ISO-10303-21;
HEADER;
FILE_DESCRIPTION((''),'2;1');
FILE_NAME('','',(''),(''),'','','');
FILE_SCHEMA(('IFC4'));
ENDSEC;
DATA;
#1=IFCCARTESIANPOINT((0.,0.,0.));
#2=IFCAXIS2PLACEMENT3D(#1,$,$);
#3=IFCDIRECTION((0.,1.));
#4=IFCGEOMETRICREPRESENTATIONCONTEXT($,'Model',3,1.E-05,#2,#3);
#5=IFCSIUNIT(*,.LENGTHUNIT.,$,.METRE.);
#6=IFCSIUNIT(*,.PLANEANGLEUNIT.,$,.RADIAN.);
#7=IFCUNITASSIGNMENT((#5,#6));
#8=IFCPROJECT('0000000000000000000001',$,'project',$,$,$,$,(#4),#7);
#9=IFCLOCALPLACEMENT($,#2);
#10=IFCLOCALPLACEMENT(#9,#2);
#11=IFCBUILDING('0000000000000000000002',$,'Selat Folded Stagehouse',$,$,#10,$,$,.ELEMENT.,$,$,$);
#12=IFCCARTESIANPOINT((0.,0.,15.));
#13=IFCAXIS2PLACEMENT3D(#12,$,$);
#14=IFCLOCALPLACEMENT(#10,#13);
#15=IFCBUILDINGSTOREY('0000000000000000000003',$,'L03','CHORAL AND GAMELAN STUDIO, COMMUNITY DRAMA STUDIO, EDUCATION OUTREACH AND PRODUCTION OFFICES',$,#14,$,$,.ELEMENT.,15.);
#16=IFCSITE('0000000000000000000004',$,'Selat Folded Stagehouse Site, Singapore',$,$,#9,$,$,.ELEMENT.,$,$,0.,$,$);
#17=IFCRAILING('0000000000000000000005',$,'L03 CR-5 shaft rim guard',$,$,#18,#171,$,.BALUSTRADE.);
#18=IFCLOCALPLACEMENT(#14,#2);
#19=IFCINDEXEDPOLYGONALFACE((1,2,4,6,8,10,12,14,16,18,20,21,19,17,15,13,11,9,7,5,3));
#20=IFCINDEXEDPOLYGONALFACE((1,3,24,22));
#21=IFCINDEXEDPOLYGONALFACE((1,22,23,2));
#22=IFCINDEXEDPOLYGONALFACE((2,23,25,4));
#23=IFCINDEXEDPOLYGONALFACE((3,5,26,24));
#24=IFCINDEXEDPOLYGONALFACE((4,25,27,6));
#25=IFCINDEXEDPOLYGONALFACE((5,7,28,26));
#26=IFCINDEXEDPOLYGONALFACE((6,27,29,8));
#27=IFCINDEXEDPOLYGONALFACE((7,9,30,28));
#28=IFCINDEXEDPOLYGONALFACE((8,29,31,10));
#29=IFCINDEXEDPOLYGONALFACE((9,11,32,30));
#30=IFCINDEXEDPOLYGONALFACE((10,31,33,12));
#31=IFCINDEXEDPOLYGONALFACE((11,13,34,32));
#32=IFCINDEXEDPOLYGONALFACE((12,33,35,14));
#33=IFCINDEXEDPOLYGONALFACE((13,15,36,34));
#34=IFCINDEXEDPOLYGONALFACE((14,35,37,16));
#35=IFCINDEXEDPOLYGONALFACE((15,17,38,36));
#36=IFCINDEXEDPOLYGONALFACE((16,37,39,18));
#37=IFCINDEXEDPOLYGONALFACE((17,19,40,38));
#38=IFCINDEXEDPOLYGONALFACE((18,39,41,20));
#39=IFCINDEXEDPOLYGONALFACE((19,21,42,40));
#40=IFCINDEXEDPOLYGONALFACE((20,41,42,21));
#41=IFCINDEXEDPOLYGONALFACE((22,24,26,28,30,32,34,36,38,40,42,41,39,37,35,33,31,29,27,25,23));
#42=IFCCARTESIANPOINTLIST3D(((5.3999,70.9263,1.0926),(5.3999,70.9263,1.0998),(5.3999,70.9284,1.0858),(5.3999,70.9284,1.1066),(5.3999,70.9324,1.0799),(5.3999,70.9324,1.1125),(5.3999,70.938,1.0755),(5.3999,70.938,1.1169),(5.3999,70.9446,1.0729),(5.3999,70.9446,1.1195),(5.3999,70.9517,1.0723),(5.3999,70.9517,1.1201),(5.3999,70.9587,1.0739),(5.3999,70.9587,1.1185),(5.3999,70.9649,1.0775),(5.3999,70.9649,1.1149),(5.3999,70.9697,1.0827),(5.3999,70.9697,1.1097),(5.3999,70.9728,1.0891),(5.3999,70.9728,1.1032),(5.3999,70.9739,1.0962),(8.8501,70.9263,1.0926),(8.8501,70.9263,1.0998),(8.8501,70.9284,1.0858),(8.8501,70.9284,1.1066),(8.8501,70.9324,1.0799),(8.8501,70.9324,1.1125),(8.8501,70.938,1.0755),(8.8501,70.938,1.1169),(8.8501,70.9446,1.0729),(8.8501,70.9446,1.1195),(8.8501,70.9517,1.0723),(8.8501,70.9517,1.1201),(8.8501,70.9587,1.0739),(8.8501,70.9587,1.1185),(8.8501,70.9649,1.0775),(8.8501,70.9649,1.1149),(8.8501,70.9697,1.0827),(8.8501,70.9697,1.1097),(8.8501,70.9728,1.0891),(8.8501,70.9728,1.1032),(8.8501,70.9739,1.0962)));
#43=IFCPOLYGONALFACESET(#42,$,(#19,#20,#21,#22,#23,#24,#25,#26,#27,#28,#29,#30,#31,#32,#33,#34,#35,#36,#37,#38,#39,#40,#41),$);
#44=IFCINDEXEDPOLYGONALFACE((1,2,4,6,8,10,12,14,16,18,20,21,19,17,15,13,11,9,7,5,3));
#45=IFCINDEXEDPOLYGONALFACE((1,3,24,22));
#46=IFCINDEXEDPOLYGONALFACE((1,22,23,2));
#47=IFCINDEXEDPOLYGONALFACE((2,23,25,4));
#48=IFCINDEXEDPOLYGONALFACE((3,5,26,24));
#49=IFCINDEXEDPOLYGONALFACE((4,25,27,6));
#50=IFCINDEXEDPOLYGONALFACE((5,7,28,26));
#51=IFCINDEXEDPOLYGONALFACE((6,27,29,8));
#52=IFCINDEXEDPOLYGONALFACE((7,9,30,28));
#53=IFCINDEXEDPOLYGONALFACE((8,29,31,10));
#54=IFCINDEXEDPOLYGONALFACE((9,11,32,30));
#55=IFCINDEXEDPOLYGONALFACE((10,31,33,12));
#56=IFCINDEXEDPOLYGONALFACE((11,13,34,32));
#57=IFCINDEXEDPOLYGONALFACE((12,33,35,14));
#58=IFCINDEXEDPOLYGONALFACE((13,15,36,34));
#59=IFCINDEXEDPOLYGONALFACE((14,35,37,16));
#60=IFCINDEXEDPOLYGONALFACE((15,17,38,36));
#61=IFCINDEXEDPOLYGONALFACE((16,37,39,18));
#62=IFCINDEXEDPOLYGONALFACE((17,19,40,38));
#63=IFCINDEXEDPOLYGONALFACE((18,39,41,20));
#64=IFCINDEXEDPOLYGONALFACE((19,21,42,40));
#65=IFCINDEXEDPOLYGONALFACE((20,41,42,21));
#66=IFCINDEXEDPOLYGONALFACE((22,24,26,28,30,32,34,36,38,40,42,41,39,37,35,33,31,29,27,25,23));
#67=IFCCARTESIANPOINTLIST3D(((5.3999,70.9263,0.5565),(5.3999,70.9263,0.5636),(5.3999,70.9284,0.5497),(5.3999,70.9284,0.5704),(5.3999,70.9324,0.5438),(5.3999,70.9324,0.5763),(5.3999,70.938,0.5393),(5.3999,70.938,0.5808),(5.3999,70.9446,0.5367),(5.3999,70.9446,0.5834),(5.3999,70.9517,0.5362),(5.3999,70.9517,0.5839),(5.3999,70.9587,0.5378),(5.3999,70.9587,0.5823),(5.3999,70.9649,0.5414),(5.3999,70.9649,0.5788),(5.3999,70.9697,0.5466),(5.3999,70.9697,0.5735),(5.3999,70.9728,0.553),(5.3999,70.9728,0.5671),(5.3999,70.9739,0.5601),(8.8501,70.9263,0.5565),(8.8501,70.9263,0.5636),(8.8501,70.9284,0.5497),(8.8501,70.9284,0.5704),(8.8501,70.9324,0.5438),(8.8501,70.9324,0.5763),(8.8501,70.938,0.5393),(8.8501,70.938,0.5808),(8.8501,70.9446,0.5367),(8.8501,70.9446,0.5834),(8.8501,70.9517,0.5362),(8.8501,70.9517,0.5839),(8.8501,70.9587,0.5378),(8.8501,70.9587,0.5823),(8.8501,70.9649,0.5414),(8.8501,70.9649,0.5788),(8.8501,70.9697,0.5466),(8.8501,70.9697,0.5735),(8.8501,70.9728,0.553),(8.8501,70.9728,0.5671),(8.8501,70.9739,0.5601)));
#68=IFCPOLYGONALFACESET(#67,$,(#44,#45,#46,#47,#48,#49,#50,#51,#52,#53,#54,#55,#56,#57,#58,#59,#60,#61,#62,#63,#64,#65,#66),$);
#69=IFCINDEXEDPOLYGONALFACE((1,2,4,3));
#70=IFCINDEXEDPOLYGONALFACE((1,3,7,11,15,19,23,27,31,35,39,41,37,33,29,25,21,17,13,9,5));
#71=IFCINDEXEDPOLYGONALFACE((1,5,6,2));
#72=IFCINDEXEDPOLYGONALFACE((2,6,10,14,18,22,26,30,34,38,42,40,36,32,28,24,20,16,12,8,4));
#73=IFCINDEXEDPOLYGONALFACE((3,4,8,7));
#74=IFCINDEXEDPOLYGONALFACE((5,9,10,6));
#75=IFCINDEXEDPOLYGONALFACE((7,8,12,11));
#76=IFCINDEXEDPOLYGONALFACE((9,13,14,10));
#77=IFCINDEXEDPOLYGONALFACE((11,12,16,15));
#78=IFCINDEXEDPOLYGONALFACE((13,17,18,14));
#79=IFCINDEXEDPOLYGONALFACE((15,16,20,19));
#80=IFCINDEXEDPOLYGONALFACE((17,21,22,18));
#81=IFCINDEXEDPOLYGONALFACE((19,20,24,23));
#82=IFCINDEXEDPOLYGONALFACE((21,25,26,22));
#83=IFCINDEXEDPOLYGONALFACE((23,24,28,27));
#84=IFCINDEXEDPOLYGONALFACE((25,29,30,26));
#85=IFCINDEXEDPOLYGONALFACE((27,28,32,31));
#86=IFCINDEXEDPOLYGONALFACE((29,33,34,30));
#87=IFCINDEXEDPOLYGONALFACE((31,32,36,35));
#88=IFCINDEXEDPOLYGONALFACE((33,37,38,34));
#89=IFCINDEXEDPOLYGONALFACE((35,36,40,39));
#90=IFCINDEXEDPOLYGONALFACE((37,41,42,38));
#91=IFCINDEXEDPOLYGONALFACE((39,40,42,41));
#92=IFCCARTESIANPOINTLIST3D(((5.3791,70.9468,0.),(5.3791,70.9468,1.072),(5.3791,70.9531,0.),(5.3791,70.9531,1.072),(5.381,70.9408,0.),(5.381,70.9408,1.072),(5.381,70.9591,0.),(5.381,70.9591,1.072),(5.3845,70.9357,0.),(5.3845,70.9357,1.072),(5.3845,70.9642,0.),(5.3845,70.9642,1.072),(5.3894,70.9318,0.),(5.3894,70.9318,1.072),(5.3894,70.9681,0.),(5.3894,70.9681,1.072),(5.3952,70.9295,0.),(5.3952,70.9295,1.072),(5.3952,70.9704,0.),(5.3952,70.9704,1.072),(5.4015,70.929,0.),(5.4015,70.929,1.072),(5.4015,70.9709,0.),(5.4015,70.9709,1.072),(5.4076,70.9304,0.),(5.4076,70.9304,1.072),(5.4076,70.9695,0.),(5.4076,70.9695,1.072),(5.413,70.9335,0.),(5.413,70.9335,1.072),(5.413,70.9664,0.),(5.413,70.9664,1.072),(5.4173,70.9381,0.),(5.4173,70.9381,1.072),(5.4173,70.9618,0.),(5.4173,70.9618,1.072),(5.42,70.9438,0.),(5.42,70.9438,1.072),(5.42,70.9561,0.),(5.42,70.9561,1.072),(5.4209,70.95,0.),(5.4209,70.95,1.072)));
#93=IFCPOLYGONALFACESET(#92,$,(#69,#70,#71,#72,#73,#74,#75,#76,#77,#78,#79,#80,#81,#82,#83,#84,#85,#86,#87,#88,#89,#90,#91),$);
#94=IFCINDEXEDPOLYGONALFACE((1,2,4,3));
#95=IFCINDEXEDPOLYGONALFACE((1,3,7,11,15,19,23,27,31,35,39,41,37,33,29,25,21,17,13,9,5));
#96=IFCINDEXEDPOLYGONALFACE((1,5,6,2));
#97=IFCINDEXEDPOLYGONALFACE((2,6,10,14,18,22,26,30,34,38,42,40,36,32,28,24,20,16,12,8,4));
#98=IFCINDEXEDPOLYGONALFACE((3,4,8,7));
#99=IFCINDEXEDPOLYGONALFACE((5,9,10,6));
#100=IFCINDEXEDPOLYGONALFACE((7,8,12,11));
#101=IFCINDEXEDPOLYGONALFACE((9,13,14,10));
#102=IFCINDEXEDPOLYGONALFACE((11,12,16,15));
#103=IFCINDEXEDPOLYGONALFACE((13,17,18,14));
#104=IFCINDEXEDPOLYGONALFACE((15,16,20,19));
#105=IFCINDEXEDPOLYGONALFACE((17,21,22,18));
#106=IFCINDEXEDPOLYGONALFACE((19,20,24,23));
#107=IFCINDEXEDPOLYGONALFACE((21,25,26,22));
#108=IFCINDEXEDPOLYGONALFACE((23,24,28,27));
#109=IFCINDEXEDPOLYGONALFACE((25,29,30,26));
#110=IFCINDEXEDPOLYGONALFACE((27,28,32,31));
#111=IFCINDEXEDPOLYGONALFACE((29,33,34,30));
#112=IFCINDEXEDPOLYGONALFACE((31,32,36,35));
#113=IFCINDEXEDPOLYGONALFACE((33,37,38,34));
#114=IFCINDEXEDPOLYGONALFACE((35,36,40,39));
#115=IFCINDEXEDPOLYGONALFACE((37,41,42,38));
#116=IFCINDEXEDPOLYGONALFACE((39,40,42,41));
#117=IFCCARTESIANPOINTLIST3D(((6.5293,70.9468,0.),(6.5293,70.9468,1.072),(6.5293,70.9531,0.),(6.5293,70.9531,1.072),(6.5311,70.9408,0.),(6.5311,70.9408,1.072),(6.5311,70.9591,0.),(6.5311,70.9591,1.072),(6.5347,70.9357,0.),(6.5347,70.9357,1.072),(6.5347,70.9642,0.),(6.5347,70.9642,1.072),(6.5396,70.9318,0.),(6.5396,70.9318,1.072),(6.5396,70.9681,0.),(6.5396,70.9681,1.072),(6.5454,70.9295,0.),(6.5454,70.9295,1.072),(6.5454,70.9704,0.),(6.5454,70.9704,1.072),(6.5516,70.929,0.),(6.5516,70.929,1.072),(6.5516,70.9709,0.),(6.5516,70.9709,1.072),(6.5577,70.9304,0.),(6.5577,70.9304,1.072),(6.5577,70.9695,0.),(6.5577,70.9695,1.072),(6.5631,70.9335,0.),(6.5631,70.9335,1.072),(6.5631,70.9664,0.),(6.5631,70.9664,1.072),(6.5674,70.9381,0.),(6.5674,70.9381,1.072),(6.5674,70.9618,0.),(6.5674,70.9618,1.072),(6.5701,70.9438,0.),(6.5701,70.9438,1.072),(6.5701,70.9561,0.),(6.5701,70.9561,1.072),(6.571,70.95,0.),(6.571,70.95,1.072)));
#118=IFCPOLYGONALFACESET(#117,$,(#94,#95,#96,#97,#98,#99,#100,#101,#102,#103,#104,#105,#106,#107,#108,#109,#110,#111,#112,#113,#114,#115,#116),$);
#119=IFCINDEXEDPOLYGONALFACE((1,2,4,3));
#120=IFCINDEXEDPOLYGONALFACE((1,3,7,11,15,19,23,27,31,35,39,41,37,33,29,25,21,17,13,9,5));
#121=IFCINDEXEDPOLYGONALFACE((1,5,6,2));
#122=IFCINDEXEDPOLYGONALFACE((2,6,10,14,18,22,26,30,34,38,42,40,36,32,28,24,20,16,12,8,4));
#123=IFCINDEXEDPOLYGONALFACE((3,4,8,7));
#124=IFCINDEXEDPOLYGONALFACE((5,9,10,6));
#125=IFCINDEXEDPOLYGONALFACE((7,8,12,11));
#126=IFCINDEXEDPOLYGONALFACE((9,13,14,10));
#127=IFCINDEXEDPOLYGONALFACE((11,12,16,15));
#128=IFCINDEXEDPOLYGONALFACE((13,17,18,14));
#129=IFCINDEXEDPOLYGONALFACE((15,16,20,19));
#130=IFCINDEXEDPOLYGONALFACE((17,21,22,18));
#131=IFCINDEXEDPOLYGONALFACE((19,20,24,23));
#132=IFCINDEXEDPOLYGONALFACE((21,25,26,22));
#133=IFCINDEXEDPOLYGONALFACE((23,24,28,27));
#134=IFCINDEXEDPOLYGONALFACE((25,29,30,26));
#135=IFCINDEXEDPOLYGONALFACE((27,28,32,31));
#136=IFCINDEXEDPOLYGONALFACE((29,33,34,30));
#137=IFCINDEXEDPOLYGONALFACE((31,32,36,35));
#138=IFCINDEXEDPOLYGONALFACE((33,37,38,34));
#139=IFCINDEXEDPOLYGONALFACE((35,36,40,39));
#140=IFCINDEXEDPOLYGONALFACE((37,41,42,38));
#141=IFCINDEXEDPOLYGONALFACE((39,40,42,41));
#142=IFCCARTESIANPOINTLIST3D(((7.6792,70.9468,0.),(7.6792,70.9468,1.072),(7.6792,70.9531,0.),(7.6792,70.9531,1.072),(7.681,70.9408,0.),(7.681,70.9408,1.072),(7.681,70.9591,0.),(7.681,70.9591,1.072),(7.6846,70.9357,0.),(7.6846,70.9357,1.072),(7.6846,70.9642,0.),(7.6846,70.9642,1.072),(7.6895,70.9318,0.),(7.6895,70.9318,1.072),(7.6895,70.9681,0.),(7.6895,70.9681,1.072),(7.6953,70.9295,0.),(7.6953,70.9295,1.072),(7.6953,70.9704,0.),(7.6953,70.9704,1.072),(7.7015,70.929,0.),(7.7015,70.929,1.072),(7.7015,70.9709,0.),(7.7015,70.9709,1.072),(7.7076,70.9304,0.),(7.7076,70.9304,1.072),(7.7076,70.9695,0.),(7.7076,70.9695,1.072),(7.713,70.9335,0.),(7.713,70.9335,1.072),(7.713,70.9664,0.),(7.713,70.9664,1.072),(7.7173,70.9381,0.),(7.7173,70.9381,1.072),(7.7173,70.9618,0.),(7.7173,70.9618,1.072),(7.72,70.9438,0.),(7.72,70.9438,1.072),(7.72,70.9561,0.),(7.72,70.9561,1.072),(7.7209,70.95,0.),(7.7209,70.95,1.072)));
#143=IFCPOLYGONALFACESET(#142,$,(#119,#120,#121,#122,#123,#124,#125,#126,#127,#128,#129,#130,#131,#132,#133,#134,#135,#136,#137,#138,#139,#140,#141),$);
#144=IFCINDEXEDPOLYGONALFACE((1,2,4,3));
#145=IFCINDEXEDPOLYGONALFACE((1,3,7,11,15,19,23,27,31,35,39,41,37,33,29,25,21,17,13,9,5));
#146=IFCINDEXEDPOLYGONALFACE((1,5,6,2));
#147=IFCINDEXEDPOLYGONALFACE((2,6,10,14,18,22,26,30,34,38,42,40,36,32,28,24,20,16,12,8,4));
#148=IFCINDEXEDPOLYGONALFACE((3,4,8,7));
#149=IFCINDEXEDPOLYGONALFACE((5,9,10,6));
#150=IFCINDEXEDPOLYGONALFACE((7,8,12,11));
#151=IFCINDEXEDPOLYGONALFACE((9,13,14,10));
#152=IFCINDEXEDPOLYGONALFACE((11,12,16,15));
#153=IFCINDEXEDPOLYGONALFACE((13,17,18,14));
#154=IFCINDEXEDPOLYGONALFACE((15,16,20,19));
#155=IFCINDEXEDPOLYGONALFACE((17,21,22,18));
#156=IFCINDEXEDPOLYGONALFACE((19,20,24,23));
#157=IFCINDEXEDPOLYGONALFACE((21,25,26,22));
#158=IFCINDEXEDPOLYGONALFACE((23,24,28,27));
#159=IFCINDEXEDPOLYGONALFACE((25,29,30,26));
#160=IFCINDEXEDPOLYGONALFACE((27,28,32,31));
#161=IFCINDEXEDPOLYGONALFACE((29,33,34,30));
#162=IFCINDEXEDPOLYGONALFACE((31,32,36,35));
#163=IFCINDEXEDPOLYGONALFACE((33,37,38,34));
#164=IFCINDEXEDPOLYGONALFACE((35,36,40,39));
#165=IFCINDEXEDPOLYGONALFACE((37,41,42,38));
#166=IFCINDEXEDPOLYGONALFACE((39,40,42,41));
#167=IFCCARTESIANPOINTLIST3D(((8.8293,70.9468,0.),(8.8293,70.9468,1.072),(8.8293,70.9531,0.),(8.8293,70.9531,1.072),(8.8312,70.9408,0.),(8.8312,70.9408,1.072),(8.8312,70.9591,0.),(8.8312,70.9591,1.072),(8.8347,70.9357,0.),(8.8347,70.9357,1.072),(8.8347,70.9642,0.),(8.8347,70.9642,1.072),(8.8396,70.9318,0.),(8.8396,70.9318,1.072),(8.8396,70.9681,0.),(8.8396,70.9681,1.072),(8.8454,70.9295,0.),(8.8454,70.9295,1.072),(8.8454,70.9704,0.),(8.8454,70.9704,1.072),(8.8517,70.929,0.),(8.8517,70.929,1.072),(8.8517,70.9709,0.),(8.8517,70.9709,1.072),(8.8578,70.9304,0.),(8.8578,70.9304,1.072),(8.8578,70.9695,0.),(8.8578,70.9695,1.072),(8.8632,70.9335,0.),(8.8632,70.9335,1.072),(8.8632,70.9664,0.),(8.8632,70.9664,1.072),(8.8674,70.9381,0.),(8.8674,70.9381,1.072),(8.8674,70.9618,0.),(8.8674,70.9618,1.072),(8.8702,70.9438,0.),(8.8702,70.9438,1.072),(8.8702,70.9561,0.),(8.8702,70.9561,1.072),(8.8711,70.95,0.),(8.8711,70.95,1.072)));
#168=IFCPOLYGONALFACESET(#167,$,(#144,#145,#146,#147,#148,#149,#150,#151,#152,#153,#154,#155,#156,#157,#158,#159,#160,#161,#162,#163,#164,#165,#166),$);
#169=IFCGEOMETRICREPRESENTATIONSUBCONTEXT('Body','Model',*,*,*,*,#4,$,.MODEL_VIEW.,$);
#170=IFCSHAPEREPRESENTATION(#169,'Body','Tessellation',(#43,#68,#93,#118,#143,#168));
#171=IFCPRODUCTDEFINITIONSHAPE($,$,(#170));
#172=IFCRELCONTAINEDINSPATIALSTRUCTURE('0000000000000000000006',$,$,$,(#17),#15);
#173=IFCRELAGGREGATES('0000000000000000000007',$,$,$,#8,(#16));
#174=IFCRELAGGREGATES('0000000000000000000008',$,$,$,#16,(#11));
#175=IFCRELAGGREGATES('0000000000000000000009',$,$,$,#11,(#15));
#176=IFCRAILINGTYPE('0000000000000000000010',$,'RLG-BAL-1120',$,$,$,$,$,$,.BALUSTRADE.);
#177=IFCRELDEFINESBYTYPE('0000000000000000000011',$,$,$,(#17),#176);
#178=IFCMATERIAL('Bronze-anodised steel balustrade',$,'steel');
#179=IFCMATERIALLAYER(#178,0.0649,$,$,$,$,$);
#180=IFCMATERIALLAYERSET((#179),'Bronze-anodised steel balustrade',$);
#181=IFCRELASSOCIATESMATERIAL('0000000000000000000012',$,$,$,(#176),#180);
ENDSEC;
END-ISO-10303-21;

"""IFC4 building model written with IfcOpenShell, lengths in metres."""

from ifc_helpers import new_model, si_unit, direction, frame, origin, origin_2d, place, context, subcontext, project, spatial, circle, extrude, material, layer, layer_set, type_object, element, save


model = new_model("IFC4")

# Units and contexts
model_context = context("Model", 3, precision=1e-05, world=origin(), true_north=direction((0.0, 1.0)))
body_context = subcontext(model_context, "Body", "Model", "MODEL_VIEW")
ifc_project = project(units=[si_unit("LENGTHUNIT", "METRE"), si_unit("PLANEANGLEUNIT", "RADIAN")], contexts=[model_context])

# Site, building, storey
site_placement = place(None, origin())
site = spatial("IfcSite", under=ifc_project, at=site_placement, Name="Selat Folded Stagehouse Site, Singapore", CompositionType="ELEMENT", RefElevation=0.0)
building_placement = place(site_placement, origin())
building = spatial("IfcBuilding", under=site, at=building_placement, Name="Selat Folded Stagehouse", CompositionType="ELEMENT")
storey_placement = place(building_placement, frame((0.0, 0.0, 15.0)))
storey = spatial("IfcBuildingStorey", under=building, at=storey_placement, Name="L03", Description="CHORAL AND GAMELAN STUDIO, COMMUNITY DRAMA STUDIO, EDUCATION OUTREACH AND PRODUCTION OFFICES", CompositionType="ELEMENT", Elevation=15.0)

# Railing
ifc_material_1 = material(Name="Bronze-anodised steel balustrade", Category="steel")
ifc_layer_1 = layer(ifc_material_1, 0.0649)
ifc_layer_set_1 = layer_set([ifc_layer_1], Name="Bronze-anodised steel balustrade")
railing_type_1 = type_object("IfcRailingType", Name="RLG-BAL-1120", PredefinedType="BALUSTRADE", material=ifc_layer_set_1)
railing_1_placement = place(storey_placement, frame((5.3999, 70.95, 0.0)))
element("IfcRailing", 1, at=railing_1_placement, inside=storey, type_object=railing_type_1, Name="L03 CR-5 shaft rim guard", PredefinedType="BALUSTRADE", context=body_context, shape_type="SweptSolid", body=[
    extrude(circle(Radius=0.0239, at=origin_2d()), frame((0.0, 0.0, 1.0962), z_axis=(1.0, 0.0, 0.0), x_axis=(0.0, 1.0, 0.0)), (0.0, 0.0, 1.0), 3.4502),
    extrude(circle(Radius=0.0239, at=origin_2d()), frame((0.0, 0.0, 0.5601), z_axis=(1.0, 0.0, 0.0), x_axis=(0.0, 1.0, 0.0)), (0.0, 0.0, 1.0), 3.4502),
    extrude(circle(Radius=0.021, at=origin_2d()), origin(), (0.0, 0.0, 1.0), 1.072),
    extrude(circle(Radius=0.021, at=origin_2d()), frame((1.1501, 0.0, 0.0)), (0.0, 0.0, 1.0), 1.072),
    extrude(circle(Radius=0.021, at=origin_2d()), frame((2.3, 0.0, 0.0)), (0.0, 0.0, 1.0), 1.072),
    extrude(circle(Radius=0.021, at=origin_2d()), frame((3.4502, 0.0, 0.0)), (0.0, 0.0, 1.0), 1.072),
])

save(model, "model.ifc")
